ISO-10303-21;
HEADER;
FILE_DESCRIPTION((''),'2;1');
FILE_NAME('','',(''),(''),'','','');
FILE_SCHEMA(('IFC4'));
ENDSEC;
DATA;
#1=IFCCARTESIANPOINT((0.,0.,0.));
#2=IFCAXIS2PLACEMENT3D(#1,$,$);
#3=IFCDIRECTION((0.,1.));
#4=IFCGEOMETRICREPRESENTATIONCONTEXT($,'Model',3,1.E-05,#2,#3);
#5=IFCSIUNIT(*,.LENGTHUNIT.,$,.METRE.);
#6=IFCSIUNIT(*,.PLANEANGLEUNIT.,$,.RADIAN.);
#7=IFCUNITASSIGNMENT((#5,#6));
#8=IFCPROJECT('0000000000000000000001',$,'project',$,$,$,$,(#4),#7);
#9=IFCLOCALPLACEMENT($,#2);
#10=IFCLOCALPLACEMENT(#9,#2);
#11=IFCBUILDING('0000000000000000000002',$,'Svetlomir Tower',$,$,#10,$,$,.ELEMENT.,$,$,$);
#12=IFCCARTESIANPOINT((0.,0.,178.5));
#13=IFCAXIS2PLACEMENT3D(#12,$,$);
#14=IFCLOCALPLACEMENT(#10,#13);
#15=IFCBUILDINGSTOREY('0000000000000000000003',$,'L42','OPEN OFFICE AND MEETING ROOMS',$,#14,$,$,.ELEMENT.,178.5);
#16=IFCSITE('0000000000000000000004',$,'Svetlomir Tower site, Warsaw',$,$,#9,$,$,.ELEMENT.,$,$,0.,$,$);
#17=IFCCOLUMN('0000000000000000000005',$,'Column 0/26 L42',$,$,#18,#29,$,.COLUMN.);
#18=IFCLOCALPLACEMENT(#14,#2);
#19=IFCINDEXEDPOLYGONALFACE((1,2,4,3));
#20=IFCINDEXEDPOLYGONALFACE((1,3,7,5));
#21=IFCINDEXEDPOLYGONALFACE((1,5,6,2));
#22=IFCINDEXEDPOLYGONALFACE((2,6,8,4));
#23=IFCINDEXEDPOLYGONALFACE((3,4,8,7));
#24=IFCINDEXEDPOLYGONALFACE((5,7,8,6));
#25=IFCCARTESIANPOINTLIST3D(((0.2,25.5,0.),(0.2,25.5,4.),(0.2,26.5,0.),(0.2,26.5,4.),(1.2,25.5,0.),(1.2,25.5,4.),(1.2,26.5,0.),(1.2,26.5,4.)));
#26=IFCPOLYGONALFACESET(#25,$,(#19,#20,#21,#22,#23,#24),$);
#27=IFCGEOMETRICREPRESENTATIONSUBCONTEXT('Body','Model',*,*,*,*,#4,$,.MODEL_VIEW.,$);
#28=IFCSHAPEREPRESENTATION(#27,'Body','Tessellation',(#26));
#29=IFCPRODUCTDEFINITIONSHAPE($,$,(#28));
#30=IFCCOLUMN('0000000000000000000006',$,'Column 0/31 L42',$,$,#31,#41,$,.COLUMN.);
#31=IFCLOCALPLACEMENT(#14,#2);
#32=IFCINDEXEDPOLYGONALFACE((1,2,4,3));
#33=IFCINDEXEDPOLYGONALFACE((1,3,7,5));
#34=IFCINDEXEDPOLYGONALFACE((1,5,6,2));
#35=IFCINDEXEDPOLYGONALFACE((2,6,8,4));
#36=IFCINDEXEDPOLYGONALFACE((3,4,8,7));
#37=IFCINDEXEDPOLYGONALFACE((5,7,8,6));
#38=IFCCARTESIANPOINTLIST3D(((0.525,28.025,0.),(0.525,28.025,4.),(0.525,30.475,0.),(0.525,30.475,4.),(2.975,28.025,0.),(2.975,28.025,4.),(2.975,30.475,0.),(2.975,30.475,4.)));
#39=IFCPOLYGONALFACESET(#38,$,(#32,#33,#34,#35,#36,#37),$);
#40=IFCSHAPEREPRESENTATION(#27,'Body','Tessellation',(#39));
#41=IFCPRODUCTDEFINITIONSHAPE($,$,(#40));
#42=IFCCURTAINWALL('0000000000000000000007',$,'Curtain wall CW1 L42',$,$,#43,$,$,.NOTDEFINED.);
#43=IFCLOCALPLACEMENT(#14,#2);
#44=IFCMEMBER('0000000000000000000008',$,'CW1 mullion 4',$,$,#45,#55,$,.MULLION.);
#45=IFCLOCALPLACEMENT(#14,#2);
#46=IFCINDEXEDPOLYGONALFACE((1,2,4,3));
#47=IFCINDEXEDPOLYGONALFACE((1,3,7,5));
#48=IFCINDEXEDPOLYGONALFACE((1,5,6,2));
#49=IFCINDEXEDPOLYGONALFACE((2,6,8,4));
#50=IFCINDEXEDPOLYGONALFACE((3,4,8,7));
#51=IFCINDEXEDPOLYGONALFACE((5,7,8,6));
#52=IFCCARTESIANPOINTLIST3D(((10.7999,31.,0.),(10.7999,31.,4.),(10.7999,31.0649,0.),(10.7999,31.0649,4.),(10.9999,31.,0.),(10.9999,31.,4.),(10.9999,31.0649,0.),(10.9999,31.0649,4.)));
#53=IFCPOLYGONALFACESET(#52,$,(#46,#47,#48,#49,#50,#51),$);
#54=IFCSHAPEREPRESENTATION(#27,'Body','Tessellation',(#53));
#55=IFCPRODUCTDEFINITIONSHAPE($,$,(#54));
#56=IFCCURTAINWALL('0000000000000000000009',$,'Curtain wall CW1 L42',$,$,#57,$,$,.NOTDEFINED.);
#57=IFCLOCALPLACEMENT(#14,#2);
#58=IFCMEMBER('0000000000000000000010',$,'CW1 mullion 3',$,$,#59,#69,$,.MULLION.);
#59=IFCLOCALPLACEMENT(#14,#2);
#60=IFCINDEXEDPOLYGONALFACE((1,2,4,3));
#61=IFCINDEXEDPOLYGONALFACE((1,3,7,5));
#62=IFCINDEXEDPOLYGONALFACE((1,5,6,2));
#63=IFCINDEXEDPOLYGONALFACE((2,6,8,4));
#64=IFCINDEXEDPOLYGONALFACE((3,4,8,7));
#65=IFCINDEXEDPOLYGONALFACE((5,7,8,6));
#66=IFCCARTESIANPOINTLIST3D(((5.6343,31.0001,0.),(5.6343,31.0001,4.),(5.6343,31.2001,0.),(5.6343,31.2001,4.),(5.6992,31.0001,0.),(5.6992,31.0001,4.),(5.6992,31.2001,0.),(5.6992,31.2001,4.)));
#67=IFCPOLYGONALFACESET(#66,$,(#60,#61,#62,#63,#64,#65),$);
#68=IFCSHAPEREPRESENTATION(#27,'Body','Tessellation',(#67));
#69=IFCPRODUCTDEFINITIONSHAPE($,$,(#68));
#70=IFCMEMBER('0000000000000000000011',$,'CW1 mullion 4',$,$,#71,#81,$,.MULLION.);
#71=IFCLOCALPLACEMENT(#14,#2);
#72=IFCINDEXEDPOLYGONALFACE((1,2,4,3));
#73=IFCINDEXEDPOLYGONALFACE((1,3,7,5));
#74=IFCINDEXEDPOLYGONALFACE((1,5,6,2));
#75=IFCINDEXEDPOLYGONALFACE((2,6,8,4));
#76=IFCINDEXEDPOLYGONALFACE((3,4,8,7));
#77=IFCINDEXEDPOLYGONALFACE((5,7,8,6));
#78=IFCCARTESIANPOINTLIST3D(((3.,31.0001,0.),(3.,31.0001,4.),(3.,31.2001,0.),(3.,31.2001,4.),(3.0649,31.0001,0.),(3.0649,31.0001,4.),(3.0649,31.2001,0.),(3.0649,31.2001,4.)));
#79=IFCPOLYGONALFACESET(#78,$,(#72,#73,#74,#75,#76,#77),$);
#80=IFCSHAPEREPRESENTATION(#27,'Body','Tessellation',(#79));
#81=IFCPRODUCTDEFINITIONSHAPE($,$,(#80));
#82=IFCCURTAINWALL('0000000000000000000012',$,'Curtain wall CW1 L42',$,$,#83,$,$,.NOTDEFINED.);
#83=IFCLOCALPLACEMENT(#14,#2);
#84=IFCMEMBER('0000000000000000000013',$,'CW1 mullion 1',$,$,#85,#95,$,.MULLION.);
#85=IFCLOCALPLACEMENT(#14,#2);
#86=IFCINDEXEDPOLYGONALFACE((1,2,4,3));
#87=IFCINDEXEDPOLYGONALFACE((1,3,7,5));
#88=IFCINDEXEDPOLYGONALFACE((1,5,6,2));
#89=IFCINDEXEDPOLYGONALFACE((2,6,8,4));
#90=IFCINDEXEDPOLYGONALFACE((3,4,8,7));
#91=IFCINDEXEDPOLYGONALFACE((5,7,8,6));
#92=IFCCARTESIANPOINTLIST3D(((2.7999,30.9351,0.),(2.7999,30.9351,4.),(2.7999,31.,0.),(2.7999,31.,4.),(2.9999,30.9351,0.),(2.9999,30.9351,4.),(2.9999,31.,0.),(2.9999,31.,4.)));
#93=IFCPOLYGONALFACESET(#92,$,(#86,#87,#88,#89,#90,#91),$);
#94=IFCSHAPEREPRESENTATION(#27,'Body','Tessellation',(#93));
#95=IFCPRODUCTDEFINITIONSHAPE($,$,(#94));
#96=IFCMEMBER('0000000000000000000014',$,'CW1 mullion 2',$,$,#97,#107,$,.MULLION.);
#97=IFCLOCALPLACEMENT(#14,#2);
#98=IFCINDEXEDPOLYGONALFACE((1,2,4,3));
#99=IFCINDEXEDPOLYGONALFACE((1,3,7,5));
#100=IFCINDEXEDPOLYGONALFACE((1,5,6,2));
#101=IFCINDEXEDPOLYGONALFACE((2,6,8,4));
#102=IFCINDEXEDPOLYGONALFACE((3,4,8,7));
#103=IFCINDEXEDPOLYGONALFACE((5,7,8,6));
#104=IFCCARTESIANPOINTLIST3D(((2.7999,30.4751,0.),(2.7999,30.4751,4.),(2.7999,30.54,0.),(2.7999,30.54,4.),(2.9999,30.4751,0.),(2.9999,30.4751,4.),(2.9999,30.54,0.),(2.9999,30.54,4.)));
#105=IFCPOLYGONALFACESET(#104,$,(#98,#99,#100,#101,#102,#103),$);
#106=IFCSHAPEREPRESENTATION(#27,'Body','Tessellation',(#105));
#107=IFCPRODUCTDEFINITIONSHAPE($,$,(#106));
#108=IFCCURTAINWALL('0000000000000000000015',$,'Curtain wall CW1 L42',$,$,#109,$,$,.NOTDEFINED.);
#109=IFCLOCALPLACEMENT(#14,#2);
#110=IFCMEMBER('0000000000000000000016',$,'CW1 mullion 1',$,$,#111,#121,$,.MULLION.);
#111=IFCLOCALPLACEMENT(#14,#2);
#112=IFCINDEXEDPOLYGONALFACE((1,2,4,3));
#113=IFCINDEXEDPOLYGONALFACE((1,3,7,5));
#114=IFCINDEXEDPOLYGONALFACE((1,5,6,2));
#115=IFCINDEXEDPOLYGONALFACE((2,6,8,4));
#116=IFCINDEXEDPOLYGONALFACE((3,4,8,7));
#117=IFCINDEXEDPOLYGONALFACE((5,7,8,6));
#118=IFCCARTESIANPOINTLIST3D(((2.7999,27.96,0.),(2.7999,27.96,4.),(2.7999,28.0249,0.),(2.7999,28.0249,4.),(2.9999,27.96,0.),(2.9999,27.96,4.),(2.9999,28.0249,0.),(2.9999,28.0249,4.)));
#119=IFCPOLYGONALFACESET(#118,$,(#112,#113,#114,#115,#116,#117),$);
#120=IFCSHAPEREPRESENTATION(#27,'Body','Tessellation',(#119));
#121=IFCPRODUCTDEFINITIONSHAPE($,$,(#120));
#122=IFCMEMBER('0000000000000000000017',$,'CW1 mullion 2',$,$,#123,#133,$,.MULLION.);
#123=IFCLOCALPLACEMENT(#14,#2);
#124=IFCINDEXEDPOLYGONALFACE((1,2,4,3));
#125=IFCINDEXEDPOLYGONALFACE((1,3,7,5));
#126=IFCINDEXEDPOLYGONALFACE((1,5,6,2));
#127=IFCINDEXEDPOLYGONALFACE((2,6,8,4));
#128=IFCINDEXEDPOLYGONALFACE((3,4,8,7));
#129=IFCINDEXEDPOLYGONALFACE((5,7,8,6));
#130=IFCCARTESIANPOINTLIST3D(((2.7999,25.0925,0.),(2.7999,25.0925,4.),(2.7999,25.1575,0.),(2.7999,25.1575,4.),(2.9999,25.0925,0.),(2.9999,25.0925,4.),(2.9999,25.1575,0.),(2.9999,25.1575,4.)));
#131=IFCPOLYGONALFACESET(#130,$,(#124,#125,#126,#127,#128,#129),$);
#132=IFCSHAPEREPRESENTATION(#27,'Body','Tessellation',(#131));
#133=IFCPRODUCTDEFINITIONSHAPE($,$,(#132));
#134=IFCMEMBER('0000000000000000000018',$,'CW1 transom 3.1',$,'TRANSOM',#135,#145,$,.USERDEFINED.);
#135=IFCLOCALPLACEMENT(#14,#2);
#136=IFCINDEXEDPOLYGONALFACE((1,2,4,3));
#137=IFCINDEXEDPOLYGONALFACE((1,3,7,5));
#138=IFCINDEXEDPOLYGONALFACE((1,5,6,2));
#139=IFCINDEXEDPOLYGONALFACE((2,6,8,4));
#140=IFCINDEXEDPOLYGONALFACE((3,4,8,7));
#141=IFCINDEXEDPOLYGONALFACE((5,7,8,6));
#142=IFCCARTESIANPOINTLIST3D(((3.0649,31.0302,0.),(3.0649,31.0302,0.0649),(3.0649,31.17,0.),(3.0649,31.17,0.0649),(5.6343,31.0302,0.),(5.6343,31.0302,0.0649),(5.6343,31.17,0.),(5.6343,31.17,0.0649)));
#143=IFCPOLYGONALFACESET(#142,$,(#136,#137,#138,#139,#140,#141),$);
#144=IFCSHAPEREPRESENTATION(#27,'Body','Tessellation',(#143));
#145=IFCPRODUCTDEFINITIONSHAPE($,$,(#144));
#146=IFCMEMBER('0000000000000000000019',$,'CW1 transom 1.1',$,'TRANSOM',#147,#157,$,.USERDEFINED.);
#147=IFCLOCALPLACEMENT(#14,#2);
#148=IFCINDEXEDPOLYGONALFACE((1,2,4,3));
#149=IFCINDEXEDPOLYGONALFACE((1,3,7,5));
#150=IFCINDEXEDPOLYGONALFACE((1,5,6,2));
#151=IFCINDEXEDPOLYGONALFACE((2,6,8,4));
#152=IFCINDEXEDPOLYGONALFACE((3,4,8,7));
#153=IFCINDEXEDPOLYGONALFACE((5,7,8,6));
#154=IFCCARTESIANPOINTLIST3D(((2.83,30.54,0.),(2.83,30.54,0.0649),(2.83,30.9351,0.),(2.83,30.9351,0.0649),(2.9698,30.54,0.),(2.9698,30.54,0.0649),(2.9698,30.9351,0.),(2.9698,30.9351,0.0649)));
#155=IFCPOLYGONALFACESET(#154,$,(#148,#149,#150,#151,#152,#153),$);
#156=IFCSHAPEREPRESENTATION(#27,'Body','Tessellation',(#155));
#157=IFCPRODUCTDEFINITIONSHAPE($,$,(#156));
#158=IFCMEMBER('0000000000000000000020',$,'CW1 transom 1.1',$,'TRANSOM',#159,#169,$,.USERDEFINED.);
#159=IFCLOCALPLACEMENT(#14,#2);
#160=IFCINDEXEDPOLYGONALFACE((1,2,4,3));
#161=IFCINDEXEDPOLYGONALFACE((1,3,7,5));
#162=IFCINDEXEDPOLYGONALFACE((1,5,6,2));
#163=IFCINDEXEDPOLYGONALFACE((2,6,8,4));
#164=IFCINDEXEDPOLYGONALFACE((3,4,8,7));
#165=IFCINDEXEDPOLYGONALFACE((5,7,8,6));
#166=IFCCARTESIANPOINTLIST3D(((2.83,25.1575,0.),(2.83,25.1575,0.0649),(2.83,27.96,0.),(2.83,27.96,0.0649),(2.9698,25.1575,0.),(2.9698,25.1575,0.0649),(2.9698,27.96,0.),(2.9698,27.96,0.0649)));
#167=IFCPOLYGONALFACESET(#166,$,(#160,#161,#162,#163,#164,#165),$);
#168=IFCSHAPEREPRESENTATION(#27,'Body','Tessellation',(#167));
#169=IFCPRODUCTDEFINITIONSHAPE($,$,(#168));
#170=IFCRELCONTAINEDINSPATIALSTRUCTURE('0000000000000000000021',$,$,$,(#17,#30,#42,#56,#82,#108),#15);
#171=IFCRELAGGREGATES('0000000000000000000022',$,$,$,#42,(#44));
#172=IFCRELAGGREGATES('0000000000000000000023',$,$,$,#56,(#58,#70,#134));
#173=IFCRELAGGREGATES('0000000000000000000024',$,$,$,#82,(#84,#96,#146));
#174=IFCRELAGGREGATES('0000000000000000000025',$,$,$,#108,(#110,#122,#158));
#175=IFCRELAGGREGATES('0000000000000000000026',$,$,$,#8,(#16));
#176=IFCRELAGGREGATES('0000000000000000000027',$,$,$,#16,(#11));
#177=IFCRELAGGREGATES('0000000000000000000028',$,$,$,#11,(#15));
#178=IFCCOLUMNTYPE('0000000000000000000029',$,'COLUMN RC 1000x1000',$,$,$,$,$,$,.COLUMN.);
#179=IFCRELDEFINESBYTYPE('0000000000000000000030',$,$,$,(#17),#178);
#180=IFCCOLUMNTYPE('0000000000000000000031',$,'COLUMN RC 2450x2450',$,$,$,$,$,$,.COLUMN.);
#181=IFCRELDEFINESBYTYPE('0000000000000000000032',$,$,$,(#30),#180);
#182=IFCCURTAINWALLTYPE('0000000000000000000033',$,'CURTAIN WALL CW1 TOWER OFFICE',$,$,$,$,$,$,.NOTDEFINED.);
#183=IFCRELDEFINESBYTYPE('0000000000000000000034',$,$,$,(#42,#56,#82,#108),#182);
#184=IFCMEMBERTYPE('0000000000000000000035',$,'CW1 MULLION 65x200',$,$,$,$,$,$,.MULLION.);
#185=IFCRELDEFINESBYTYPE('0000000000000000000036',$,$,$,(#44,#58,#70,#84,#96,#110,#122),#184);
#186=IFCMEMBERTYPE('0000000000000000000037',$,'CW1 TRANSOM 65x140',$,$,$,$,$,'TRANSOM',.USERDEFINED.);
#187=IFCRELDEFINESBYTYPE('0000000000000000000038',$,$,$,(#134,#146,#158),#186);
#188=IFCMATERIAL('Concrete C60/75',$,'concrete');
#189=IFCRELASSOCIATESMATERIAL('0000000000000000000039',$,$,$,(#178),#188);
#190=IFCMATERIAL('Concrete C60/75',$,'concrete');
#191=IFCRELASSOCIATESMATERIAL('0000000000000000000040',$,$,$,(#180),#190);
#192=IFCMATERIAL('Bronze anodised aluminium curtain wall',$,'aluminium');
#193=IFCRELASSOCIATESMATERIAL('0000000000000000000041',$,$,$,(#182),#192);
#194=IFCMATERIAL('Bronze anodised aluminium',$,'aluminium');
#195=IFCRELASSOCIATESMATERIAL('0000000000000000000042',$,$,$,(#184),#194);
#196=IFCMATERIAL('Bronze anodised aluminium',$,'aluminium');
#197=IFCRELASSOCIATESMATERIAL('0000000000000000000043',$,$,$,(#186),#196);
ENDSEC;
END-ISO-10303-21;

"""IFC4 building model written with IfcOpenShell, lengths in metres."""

from ifc_helpers import new_model, si_unit, direction, frame, origin, origin_2d, place, context, subcontext, project, spatial, rectangle, extrude, material, material_profile, profile_set, type_object, element, aggregate, save


model = new_model("IFC4")

# Units and contexts
model_context = context("Model", 3, precision=1e-05, world=origin(), true_north=direction((0.0, 1.0)))
body_context = subcontext(model_context, "Body", "Model", "MODEL_VIEW")
ifc_project = project(units=[si_unit("LENGTHUNIT", "METRE"), si_unit("PLANEANGLEUNIT", "RADIAN")], contexts=[model_context])

# Site, building, storey
site_placement = place(None, origin())
site = spatial("IfcSite", under=ifc_project, at=site_placement, Name="Svetlomir Tower site, Warsaw", CompositionType="ELEMENT", RefElevation=0.0)
building_placement = place(site_placement, origin())
building = spatial("IfcBuilding", under=site, at=building_placement, Name="Svetlomir Tower", CompositionType="ELEMENT")
storey_placement = place(building_placement, frame((0.0, 0.0, 178.5)))
storey = spatial("IfcBuildingStorey", under=building, at=storey_placement, Name="L42", Description="OPEN OFFICE AND MEETING ROOMS", CompositionType="ELEMENT", Elevation=178.5)

# Columns
ifc_material_1 = material(Name="Concrete C60/75", Category="concrete")
ifc_material_profile_1 = material_profile(ifc_material_1, rectangle(XDim=1.0, YDim=1.0, at=origin_2d()), Name="RC 1000x1000")
ifc_profile_set_1 = profile_set([ifc_material_profile_1], Name="Concrete C60/75")
column_type_1 = type_object("IfcColumnType", Name="COLUMN RC 1000x1000", PredefinedType="COLUMN", material=ifc_profile_set_1)
column_1_placement = place(storey_placement, frame((0.7, 26.0, 0.0), z_axis=(0.0, 0.0, 1.0), x_axis=(1.0, 0.0, 0.0)))
element("IfcColumn", 1, at=column_1_placement, inside=storey, type_object=column_type_1, Name="Column 0/26 L42", PredefinedType="COLUMN", context=body_context, shape_type="SweptSolid", body=[
    extrude(rectangle(XDim=1.0, YDim=1.0, at=origin_2d()), origin(), (0.0, 0.0, 1.0), 4.0),
])
ifc_material_2 = material(Name="Concrete C60/75", Category="concrete")
ifc_material_profile_2 = material_profile(ifc_material_2, rectangle(XDim=2.45, YDim=2.45, at=origin_2d()), Name="RC 2450x2450")
ifc_profile_set_2 = profile_set([ifc_material_profile_2], Name="Concrete C60/75")
column_type_2 = type_object("IfcColumnType", Name="COLUMN RC 2450x2450", PredefinedType="COLUMN", material=ifc_profile_set_2)
column_2_placement = place(storey_placement, frame((1.75, 29.25, 0.0), z_axis=(0.0, 0.0, 1.0), x_axis=(1.0, 0.0, 0.0)))
element("IfcColumn", 2, at=column_2_placement, inside=storey, type_object=column_type_2, Name="Column 0/31 L42", PredefinedType="COLUMN", context=body_context, shape_type="SweptSolid", body=[
    extrude(rectangle(XDim=2.45, YDim=2.45, at=origin_2d()), origin(), (0.0, 0.0, 1.0), 4.0),
])

# Curtain wall, member
ifc_material_3 = material(Name="Bronze anodised aluminium curtain wall", Category="aluminium")
curtain_wall_type = type_object("IfcCurtainWallType", Name="CURTAIN WALL CW1 TOWER OFFICE", PredefinedType="NOTDEFINED", material=ifc_material_3)
curtain_wall_1_placement = place(storey_placement, origin())
curtain_wall_1 = element("IfcCurtainWall", 3, at=curtain_wall_1_placement, inside=storey, type_object=curtain_wall_type, Name="Curtain wall CW1 L42", PredefinedType="NOTDEFINED")
ifc_material_4 = material(Name="Bronze anodised aluminium", Category="aluminium")
ifc_material_profile_3 = material_profile(ifc_material_4, rectangle(XDim=0.0649, YDim=0.2, at=origin_2d()), Name="AL 65x200")
ifc_profile_set_3 = profile_set([ifc_material_profile_3], Name="Bronze anodised aluminium 6063-T6")
member_type_1 = type_object("IfcMemberType", Name="CW1 MULLION 65x200", PredefinedType="MULLION", material=ifc_profile_set_3)
member_1_placement = place(storey_placement, frame((10.8999, 31.0325, 0.0), z_axis=(0.0, 0.0, 1.0), x_axis=(0.0, -1.0, 0.0)))
member_1 = element("IfcMember", 4, at=member_1_placement, type_object=member_type_1, Name="CW1 mullion 4", PredefinedType="MULLION", context=body_context, shape_type="SweptSolid", body=[
    extrude(rectangle(XDim=0.0649, YDim=0.2, at=origin_2d()), origin(), (0.0, 0.0, 1.0), 4.0),
])
aggregate(curtain_wall_1, [member_1])

# Curtain walls, members
curtain_wall_2_placement = place(storey_placement, origin())
curtain_wall_2 = element("IfcCurtainWall", 5, at=curtain_wall_2_placement, inside=storey, type_object=curtain_wall_type, Name="Curtain wall CW1 L42", PredefinedType="NOTDEFINED")
member_2_placement = place(storey_placement, frame((5.6667, 31.1001, 0.0), z_axis=(0.0, 0.0, 1.0), x_axis=(-1.0, 0.0, 0.0)))
member_2 = element("IfcMember", 6, at=member_2_placement, type_object=member_type_1, Name="CW1 mullion 3", PredefinedType="MULLION", context=body_context, shape_type="SweptSolid", body=[
    extrude(rectangle(XDim=0.0649, YDim=0.2, at=origin_2d()), origin(), (0.0, 0.0, 1.0), 4.0),
])
member_3_placement = place(storey_placement, frame((3.0325, 31.1001, 0.0), z_axis=(0.0, 0.0, 1.0), x_axis=(-1.0, 0.0, 0.0)))
member_3 = element("IfcMember", 7, at=member_3_placement, type_object=member_type_1, Name="CW1 mullion 4", PredefinedType="MULLION", context=body_context, shape_type="SweptSolid", body=[
    extrude(rectangle(XDim=0.0649, YDim=0.2, at=origin_2d()), origin(), (0.0, 0.0, 1.0), 4.0),
])
curtain_wall_3_placement = place(storey_placement, origin())
curtain_wall_3 = element("IfcCurtainWall", 8, at=curtain_wall_3_placement, inside=storey, type_object=curtain_wall_type, Name="Curtain wall CW1 L42", PredefinedType="NOTDEFINED")
member_4_placement = place(storey_placement, frame((2.8999, 30.9675, 0.0), z_axis=(0.0, 0.0, 1.0), x_axis=(0.0, -1.0, 0.0)))
member_4 = element("IfcMember", 9, at=member_4_placement, type_object=member_type_1, Name="CW1 mullion 1", PredefinedType="MULLION", context=body_context, shape_type="SweptSolid", body=[
    extrude(rectangle(XDim=0.0649, YDim=0.2, at=origin_2d()), origin(), (0.0, 0.0, 1.0), 4.0),
])
member_5_placement = place(storey_placement, frame((2.8999, 30.5076, 0.0), z_axis=(0.0, 0.0, 1.0), x_axis=(0.0, -1.0, 0.0)))
member_5 = element("IfcMember", 10, at=member_5_placement, type_object=member_type_1, Name="CW1 mullion 2", PredefinedType="MULLION", context=body_context, shape_type="SweptSolid", body=[
    extrude(rectangle(XDim=0.0649, YDim=0.2, at=origin_2d()), origin(), (0.0, 0.0, 1.0), 4.0),
])
curtain_wall_4_placement = place(storey_placement, origin())
curtain_wall_4 = element("IfcCurtainWall", 11, at=curtain_wall_4_placement, inside=storey, type_object=curtain_wall_type, Name="Curtain wall CW1 L42", PredefinedType="NOTDEFINED")
member_6_placement = place(storey_placement, frame((2.8999, 27.9924, 0.0), z_axis=(0.0, 0.0, 1.0), x_axis=(0.0, -1.0, 0.0)))
member_6 = element("IfcMember", 12, at=member_6_placement, type_object=member_type_1, Name="CW1 mullion 1", PredefinedType="MULLION", context=body_context, shape_type="SweptSolid", body=[
    extrude(rectangle(XDim=0.0649, YDim=0.2, at=origin_2d()), origin(), (0.0, 0.0, 1.0), 4.0),
])
member_7_placement = place(storey_placement, frame((2.8999, 25.125, 0.0), z_axis=(0.0, 0.0, 1.0), x_axis=(0.0, -1.0, 0.0)))
member_7 = element("IfcMember", 13, at=member_7_placement, type_object=member_type_1, Name="CW1 mullion 2", PredefinedType="MULLION", context=body_context, shape_type="SweptSolid", body=[
    extrude(rectangle(XDim=0.0649, YDim=0.2, at=origin_2d()), origin(), (0.0, 0.0, 1.0), 4.0),
])

# Members
ifc_material_5 = material(Name="Bronze anodised aluminium", Category="aluminium")
ifc_material_profile_4 = material_profile(ifc_material_5, rectangle(XDim=0.1399, YDim=0.0649, at=origin_2d()), Name="AL 140x65")
ifc_profile_set_4 = profile_set([ifc_material_profile_4], Name="Bronze anodised aluminium 6063-T6")
member_type_2 = type_object("IfcMemberType", Name="CW1 TRANSOM 65x140", ElementType="TRANSOM", PredefinedType="USERDEFINED", material=ifc_profile_set_4)
member_8_placement = place(storey_placement, frame((5.6343, 31.1001, 0.0325), z_axis=(-1.0, 0.0, 0.0), x_axis=(0.0, -1.0, 0.0)))
member_8 = element("IfcMember", 14, at=member_8_placement, type_object=member_type_2, Name="CW1 transom 3.1", ObjectType="TRANSOM", PredefinedType="USERDEFINED", context=body_context, shape_type="SweptSolid", body=[
    extrude(rectangle(XDim=0.1399, YDim=0.0649, at=origin_2d()), origin(), (0.0, 0.0, 1.0), 2.5693),
])
member_9_placement = place(storey_placement, frame((2.8999, 30.9351, 0.0325), z_axis=(0.0, -1.0, 0.0), x_axis=(1.0, 0.0, 0.0)))
member_9 = element("IfcMember", 15, at=member_9_placement, type_object=member_type_2, Name="CW1 transom 1.1", ObjectType="TRANSOM", PredefinedType="USERDEFINED", context=body_context, shape_type="SweptSolid", body=[
    extrude(rectangle(XDim=0.1399, YDim=0.0649, at=origin_2d()), origin(), (0.0, 0.0, 1.0), 0.395),
])
member_10_placement = place(storey_placement, frame((2.8999, 27.96, 0.0325), z_axis=(0.0, -1.0, 0.0), x_axis=(1.0, 0.0, 0.0)))
member_10 = element("IfcMember", 16, at=member_10_placement, type_object=member_type_2, Name="CW1 transom 1.1", ObjectType="TRANSOM", PredefinedType="USERDEFINED", context=body_context, shape_type="SweptSolid", body=[
    extrude(rectangle(XDim=0.1399, YDim=0.0649, at=origin_2d()), origin(), (0.0, 0.0, 1.0), 2.8025),
])

aggregate(curtain_wall_2, [member_2, member_3, member_8])
aggregate(curtain_wall_3, [member_4, member_5, member_9])
aggregate(curtain_wall_4, [member_6, member_7, member_10])

save(model, "model.ifc")
